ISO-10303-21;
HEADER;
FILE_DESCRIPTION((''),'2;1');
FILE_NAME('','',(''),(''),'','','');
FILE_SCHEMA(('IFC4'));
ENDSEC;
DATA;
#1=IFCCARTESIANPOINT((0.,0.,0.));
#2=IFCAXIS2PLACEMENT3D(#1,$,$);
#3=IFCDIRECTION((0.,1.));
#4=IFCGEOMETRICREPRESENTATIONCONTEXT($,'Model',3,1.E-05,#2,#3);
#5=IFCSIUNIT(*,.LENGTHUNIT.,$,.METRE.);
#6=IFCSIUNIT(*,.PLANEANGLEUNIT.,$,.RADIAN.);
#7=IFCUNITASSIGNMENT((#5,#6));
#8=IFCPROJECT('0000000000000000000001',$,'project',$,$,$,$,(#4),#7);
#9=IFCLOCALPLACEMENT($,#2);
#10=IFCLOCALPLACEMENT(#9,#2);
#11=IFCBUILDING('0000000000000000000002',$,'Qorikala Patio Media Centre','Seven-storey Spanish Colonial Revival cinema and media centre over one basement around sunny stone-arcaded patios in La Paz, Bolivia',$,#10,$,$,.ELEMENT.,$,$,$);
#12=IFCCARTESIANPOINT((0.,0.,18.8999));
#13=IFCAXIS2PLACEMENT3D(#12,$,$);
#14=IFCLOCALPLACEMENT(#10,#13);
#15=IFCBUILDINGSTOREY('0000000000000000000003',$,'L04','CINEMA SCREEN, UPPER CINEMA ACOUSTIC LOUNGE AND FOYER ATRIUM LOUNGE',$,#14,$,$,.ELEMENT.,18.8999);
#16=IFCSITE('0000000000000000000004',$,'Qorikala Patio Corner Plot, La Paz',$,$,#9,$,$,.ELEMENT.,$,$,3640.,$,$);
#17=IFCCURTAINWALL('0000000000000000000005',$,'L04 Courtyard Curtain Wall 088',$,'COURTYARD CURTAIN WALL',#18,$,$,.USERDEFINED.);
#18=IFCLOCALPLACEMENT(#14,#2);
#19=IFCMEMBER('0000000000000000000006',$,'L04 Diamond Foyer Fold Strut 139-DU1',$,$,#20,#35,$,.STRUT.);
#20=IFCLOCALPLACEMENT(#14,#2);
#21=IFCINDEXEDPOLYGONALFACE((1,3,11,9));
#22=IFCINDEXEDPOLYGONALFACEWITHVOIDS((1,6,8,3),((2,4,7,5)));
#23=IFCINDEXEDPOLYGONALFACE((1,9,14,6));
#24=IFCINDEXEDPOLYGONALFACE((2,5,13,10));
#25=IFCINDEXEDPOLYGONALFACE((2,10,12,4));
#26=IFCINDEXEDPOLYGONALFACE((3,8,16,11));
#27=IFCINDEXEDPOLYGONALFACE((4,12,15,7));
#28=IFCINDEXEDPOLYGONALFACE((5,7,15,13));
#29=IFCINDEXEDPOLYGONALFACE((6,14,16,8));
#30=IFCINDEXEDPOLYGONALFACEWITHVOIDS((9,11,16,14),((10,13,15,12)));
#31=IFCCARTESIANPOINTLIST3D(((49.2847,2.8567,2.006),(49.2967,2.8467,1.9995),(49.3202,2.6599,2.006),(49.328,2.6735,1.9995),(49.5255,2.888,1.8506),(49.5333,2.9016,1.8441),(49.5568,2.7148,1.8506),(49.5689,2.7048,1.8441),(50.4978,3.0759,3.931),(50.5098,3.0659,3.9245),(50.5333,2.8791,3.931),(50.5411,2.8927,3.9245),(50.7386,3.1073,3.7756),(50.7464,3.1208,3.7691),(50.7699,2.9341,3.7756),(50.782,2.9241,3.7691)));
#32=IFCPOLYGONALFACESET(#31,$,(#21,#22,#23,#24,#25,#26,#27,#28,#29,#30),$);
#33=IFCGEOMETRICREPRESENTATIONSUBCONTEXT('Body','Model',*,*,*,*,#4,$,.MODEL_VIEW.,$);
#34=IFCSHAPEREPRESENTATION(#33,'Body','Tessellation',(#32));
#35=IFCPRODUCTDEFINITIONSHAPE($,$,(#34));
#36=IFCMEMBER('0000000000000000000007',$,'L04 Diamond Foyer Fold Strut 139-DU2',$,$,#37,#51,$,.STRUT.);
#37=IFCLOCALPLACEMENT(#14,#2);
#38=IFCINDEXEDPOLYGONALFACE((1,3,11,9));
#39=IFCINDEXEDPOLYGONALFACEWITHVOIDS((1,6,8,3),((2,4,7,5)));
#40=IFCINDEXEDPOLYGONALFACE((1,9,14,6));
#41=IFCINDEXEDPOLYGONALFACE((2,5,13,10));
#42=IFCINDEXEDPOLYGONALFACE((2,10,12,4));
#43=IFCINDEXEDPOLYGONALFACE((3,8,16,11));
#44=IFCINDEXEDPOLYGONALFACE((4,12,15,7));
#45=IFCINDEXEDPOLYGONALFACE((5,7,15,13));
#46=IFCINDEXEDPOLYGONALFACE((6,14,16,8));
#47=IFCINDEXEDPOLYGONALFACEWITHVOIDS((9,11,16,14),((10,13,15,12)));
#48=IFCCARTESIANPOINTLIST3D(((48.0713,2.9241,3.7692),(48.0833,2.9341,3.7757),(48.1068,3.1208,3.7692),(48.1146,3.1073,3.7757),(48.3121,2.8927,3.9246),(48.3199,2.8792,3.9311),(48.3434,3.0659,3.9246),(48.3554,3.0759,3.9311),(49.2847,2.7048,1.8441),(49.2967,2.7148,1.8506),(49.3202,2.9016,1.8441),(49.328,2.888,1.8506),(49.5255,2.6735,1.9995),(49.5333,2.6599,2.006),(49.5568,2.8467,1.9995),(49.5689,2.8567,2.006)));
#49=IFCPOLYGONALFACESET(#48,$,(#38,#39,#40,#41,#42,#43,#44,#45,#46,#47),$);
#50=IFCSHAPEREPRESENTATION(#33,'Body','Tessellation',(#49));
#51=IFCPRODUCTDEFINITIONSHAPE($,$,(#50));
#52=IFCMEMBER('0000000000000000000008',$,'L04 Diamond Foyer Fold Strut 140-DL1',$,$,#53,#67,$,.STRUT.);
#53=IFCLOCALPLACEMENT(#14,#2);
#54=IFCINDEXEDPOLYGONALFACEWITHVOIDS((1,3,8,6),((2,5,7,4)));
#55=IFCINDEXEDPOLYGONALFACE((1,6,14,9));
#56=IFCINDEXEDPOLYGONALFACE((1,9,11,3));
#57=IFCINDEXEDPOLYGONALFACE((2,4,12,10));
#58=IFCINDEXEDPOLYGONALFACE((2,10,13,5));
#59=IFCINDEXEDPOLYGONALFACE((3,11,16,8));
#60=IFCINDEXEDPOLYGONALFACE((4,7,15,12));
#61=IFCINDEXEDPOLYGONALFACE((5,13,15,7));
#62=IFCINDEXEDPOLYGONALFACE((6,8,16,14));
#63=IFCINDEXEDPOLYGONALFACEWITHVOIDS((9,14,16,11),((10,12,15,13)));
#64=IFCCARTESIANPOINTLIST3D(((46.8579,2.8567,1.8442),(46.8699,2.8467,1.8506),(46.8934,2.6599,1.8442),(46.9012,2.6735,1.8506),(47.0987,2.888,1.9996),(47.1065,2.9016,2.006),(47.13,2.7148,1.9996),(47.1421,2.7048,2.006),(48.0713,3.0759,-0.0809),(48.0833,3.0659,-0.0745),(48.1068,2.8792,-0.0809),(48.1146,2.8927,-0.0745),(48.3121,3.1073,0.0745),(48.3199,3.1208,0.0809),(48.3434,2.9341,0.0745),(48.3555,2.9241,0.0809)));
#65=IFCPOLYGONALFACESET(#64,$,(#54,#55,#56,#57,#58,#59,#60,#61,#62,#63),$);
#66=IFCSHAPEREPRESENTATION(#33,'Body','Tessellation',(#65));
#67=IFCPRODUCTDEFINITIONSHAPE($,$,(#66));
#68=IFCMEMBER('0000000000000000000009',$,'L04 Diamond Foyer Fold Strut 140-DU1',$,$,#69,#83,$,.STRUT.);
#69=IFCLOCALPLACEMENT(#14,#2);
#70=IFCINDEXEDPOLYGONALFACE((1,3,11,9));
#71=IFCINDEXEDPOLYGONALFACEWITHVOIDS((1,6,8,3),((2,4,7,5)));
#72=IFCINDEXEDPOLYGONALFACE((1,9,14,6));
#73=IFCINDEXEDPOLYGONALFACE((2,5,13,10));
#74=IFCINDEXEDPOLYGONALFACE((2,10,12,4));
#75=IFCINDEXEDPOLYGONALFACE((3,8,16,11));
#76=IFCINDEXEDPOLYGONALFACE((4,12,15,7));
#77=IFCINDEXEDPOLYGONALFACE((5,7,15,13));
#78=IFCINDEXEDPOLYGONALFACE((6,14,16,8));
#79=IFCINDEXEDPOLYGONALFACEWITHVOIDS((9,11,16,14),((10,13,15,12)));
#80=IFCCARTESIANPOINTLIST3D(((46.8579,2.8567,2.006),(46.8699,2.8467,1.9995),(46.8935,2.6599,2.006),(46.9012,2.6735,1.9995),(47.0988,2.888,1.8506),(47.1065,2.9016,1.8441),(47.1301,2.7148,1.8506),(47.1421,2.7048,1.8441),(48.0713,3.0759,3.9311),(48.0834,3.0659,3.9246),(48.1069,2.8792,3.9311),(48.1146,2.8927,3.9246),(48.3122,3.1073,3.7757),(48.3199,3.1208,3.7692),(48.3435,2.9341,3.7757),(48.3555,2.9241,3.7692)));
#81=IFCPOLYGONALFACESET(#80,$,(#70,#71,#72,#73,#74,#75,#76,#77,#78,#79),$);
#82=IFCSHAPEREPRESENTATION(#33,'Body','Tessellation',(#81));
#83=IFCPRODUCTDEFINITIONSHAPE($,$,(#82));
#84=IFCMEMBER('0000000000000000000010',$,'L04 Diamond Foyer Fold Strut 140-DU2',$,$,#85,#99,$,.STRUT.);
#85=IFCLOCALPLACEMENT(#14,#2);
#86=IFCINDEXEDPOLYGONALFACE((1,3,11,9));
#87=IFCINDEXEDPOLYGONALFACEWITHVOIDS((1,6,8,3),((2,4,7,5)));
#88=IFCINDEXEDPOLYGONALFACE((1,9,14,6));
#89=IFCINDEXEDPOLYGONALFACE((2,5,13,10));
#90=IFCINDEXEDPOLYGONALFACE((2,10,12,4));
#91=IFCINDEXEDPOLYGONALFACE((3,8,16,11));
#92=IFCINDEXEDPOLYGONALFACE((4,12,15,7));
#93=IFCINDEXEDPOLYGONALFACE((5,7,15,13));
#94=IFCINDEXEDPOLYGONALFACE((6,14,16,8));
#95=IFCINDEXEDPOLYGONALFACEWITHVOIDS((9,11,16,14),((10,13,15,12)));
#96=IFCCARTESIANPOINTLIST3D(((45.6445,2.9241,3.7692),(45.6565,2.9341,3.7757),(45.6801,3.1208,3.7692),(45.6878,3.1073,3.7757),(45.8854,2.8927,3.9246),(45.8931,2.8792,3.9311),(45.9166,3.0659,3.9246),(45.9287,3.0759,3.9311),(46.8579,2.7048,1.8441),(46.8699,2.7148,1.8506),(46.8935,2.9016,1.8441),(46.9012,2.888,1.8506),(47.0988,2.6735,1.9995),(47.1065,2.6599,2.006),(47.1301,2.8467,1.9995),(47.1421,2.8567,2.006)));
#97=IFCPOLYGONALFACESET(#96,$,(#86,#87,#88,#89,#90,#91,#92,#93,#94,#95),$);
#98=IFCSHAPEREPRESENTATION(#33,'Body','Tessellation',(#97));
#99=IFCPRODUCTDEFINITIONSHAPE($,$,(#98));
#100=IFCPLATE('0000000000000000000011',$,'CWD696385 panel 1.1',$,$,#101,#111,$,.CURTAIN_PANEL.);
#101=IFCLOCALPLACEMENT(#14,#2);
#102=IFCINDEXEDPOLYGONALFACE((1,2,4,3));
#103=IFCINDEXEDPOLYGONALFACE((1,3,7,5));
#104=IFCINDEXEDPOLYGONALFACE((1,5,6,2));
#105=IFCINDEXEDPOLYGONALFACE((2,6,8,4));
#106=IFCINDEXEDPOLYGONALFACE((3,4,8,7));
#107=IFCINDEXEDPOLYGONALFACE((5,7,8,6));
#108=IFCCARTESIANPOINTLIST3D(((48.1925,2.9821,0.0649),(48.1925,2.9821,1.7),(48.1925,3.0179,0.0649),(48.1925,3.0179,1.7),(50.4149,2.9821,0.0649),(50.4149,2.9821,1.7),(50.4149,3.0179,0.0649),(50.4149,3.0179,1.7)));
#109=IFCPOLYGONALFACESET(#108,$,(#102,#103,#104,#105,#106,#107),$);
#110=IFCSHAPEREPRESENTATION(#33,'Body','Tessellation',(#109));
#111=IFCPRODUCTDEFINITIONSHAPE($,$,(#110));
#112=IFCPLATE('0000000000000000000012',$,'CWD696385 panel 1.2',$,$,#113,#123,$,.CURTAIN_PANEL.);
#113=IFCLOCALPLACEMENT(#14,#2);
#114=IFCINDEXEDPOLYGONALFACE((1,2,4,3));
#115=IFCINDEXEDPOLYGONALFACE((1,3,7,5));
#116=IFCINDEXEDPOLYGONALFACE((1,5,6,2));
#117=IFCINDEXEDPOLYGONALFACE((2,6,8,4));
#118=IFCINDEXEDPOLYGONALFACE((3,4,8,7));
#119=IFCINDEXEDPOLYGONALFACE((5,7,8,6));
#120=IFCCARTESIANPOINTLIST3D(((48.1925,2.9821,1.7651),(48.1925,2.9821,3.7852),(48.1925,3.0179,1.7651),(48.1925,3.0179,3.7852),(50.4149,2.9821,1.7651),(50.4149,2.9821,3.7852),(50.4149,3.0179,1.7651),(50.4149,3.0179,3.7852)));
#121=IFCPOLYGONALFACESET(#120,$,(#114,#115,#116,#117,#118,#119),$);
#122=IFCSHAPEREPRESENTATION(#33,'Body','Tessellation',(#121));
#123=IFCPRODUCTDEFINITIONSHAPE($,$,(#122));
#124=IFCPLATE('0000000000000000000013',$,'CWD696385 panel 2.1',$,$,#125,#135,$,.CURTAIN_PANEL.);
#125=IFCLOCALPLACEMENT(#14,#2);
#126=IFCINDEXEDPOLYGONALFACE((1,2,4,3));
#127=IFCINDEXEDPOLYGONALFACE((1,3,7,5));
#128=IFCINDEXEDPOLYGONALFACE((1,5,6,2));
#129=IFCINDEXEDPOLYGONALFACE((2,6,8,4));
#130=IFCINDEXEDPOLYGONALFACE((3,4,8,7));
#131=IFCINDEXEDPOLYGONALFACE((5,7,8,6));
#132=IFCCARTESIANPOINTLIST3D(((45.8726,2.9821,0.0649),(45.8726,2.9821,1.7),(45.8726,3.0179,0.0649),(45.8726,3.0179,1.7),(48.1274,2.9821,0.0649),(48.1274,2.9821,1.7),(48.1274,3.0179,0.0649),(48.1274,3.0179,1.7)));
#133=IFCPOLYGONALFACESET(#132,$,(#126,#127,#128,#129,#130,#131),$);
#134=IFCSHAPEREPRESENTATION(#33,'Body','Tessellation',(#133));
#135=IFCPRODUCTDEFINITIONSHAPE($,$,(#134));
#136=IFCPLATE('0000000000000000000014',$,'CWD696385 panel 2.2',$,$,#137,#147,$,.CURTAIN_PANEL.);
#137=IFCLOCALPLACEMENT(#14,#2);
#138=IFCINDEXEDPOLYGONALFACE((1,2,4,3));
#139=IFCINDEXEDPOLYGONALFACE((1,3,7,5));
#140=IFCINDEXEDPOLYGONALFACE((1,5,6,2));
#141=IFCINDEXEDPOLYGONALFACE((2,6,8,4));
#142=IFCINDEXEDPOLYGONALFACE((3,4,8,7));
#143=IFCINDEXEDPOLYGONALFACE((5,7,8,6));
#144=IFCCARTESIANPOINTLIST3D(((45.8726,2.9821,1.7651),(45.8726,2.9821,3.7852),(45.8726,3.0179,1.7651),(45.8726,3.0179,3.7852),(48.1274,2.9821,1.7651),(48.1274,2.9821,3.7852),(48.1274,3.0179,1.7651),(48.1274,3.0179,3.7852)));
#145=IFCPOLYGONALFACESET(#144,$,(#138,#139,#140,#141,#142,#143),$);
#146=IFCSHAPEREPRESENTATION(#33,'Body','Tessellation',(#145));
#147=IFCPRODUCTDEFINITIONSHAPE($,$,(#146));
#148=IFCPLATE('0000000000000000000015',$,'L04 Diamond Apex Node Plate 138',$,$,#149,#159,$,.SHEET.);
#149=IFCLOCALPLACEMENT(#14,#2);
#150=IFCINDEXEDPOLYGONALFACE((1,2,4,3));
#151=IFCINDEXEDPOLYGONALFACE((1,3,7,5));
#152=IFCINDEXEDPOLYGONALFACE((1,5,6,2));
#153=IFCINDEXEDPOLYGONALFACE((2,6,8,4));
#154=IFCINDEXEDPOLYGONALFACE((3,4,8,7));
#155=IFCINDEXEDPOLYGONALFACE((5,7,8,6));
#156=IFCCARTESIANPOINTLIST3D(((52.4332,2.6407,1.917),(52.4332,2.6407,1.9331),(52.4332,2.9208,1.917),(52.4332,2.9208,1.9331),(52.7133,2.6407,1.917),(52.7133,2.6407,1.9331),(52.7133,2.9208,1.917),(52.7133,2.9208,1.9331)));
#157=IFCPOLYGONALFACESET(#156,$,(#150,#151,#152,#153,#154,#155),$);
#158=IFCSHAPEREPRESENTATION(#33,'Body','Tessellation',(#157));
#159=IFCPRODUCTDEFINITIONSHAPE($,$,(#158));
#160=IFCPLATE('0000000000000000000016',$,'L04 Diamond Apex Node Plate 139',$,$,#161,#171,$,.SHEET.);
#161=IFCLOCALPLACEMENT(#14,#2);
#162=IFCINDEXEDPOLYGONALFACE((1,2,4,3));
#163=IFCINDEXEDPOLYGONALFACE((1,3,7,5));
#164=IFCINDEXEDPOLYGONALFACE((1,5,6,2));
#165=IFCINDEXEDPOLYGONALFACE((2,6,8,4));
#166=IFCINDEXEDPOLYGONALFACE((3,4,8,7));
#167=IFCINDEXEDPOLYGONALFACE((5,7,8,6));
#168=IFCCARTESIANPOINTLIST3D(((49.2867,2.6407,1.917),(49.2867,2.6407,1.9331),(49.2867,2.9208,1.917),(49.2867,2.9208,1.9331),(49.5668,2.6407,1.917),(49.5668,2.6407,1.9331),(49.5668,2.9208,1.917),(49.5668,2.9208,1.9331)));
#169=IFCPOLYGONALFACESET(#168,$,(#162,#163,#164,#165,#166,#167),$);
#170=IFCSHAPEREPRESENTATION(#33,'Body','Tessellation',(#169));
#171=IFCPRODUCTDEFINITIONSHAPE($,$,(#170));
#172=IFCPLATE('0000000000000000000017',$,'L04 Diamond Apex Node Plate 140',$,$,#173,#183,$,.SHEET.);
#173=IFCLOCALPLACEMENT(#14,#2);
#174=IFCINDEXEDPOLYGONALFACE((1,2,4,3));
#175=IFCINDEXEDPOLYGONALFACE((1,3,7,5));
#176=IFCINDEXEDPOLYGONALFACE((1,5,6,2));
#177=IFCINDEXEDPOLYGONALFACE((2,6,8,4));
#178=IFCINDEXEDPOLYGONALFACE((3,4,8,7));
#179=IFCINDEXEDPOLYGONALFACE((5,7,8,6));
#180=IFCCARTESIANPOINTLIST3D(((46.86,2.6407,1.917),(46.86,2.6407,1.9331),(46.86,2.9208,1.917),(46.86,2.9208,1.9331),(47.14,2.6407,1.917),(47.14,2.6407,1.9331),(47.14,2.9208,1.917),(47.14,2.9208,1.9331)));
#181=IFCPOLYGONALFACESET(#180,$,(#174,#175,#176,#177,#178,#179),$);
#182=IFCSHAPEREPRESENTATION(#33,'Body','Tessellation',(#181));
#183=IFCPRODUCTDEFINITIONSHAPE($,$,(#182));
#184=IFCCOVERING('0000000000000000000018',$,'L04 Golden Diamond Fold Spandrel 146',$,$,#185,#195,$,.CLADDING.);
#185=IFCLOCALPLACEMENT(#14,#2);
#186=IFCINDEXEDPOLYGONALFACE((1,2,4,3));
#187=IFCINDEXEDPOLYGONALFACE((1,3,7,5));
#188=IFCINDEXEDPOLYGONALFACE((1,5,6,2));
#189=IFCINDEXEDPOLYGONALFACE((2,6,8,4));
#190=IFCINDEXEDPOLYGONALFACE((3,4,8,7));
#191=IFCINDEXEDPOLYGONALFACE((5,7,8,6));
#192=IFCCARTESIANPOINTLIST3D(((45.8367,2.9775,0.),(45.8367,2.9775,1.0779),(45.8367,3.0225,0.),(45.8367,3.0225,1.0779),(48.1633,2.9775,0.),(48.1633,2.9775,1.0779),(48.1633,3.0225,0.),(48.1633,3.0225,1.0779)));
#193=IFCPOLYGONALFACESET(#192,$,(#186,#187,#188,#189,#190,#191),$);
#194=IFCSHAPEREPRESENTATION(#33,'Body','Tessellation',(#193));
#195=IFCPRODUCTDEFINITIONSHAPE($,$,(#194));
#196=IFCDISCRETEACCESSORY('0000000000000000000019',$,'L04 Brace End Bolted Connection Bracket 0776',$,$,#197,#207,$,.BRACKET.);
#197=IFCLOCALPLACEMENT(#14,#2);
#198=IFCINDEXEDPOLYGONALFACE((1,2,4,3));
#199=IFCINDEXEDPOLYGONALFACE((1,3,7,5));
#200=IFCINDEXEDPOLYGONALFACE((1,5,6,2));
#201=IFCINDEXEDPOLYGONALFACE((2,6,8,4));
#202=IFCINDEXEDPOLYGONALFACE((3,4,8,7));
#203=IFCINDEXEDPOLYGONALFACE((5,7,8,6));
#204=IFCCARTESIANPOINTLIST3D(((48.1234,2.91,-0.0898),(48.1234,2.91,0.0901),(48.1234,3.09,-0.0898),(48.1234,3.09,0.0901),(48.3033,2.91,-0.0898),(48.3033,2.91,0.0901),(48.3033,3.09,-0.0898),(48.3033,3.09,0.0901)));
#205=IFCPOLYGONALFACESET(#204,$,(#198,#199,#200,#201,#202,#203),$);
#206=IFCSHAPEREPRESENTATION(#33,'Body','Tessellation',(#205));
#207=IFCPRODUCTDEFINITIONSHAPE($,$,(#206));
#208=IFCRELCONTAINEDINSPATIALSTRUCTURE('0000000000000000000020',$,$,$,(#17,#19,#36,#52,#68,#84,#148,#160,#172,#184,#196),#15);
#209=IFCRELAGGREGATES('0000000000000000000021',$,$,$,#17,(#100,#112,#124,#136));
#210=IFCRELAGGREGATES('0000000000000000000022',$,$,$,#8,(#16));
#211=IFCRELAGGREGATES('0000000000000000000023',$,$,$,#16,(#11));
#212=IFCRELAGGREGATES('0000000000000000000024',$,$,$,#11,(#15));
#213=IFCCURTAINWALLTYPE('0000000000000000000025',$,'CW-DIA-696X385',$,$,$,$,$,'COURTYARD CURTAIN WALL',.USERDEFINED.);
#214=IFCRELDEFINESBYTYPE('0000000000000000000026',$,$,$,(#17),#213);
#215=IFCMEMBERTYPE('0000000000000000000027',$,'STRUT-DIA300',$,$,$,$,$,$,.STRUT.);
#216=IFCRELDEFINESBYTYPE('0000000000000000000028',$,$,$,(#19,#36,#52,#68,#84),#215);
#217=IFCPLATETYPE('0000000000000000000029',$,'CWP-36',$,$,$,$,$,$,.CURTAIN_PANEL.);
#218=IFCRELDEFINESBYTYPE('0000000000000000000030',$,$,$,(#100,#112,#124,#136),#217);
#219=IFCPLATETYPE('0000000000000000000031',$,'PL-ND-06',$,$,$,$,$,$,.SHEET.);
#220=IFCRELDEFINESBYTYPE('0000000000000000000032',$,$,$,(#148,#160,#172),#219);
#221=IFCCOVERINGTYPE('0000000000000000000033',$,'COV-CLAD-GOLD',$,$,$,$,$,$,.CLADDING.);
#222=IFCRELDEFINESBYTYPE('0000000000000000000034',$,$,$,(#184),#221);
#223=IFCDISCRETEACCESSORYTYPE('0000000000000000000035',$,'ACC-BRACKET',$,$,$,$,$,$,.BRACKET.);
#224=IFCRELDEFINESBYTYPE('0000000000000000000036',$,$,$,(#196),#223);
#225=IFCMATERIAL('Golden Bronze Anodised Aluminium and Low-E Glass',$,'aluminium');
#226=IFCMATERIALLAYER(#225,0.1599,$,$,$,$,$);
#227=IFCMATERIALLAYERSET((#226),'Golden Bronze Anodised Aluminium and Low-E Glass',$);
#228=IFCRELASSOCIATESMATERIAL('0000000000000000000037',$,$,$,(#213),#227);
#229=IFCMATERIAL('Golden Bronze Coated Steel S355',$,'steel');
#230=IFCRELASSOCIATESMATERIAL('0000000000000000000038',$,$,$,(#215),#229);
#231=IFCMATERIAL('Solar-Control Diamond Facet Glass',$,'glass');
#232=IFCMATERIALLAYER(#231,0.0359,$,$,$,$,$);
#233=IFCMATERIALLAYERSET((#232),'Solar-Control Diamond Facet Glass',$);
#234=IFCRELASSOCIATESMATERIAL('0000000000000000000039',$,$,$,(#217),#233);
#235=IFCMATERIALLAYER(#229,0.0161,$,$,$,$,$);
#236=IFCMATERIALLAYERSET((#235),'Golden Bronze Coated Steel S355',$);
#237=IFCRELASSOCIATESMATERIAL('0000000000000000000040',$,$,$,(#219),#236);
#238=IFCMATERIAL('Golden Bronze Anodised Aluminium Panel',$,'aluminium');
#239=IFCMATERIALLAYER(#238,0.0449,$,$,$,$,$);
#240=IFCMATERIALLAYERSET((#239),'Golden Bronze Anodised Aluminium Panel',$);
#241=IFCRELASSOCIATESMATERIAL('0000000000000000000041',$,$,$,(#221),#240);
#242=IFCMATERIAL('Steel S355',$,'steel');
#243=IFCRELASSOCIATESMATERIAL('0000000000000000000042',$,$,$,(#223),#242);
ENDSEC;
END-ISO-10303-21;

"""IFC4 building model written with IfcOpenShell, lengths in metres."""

from ifc_helpers import new_model, si_unit, direction, frame, origin, origin_2d, place, context, subcontext, project, spatial, rectangle, hollow_rectangle, extrude, material, layer, layer_set, material_profile, profile_set, type_object, element, aggregate, save


model = new_model("IFC4")

# Units and contexts
model_context = context("Model", 3, precision=1e-05, world=origin(), true_north=direction((0.0, 1.0)))
body_context = subcontext(model_context, "Body", "Model", "MODEL_VIEW")
ifc_project = project(units=[si_unit("LENGTHUNIT", "METRE"), si_unit("PLANEANGLEUNIT", "RADIAN")], contexts=[model_context])

# Site, building, storey
site_placement = place(None, origin())
site = spatial("IfcSite", under=ifc_project, at=site_placement, Name="Qorikala Patio Corner Plot, La Paz", CompositionType="ELEMENT", RefElevation=3640.0)
building_placement = place(site_placement, origin())
building = spatial("IfcBuilding", under=site, at=building_placement, Name="Qorikala Patio Media Centre", Description="Seven-storey Spanish Colonial Revival cinema and media centre over one basement around sunny stone-arcaded patios in La Paz, Bolivia", CompositionType="ELEMENT")
storey_placement = place(building_placement, frame((0.0, 0.0, 18.8999)))
storey = spatial("IfcBuildingStorey", under=building, at=storey_placement, Name="L04", Description="CINEMA SCREEN, UPPER CINEMA ACOUSTIC LOUNGE AND FOYER ATRIUM LOUNGE", CompositionType="ELEMENT", Elevation=18.8999)

# Shared definitions
ifc_material_1 = material(Name="Golden Bronze Coated Steel S355", Category="steel")

# Curtain wall
ifc_material_2 = material(Name="Golden Bronze Anodised Aluminium and Low-E Glass", Category="aluminium")
ifc_layer_1 = layer(ifc_material_2, 0.1599)
ifc_layer_set_1 = layer_set([ifc_layer_1], Name="Golden Bronze Anodised Aluminium and Low-E Glass")
curtain_wall_type = type_object("IfcCurtainWallType", Name="CW-DIA-696X385", ElementType="COURTYARD CURTAIN WALL", PredefinedType="USERDEFINED", material=ifc_layer_set_1)
curtain_wall_placement = place(storey_placement, origin())
curtain_wall = element("IfcCurtainWall", 1, at=curtain_wall_placement, inside=storey, type_object=curtain_wall_type, Name="L04 Courtyard Curtain Wall 088", ObjectType="COURTYARD CURTAIN WALL", PredefinedType="USERDEFINED")

# Members
ifc_material_profile_1 = material_profile(ifc_material_1, hollow_rectangle(XDim=0.2, YDim=0.3, WallThickness=0.012, at=origin_2d()), Name="HSS300X200X12")
ifc_profile_set_1 = profile_set([ifc_material_profile_1], Name="Golden Bronze Coated Steel S355")
member_type_1 = type_object("IfcMemberType", Name="STRUT-DIA300", PredefinedType="STRUT", material=ifc_profile_set_1)
member_1_placement = place(storey_placement, frame((49.4268, 2.7808, 1.925), z_axis=(0.530691, 0.095907, 0.842121), x_axis=(-0.17784, 0.984059, 0.0)))
element("IfcMember", 2, at=member_1_placement, inside=storey, type_object=member_type_1, Name="L04 Diamond Foyer Fold Strut 139-DU1", PredefinedType="STRUT", context=body_context, shape_type="SweptSolid", body=[
    extrude(hollow_rectangle(XDim=0.2, YDim=0.3, WallThickness=0.012, at=origin_2d()), origin(), (0.0, 0.0, 1.0), 2.2859),
])
for number, where, z_axis, x_axis, name in (
    (3, (49.4268, 2.7808, 1.925), (-0.530768, 0.095901, 0.842074), (-0.177805, -0.984066, 0.0), "L04 Diamond Foyer Fold Strut 139-DU2"),
    (4, (48.2134, 3.0, 0.0), (-0.530768, -0.095901, 0.842074), (0.177805, -0.984066, 0.0), "L04 Diamond Foyer Fold Strut 140-DL1"),
    (5, (47.0, 2.7808, 1.925), (0.530768, 0.095901, 0.842074), (-0.177805, 0.984066, 0.0), "L04 Diamond Foyer Fold Strut 140-DU1"),
    (6, (47.0, 2.7808, 1.925), (-0.530768, 0.095901, 0.842074), (-0.177805, -0.984066, 0.0), "L04 Diamond Foyer Fold Strut 140-DU2"),
):
    element("IfcMember", number, at=place(storey_placement, frame(where, z_axis=z_axis, x_axis=x_axis)), inside=storey, type_object=member_type_1, Name=name, PredefinedType="STRUT", context=body_context, shape_type="SweptSolid", body=[
        extrude(hollow_rectangle(XDim=0.2, YDim=0.3, WallThickness=0.012, at=origin_2d()), origin(), (0.0, 0.0, 1.0), 2.2861),
    ])

# Plates
ifc_material_3 = material(Name="Solar-Control Diamond Facet Glass", Category="glass")
ifc_layer_2 = layer(ifc_material_3, 0.0359)
ifc_layer_set_2 = layer_set([ifc_layer_2], Name="Solar-Control Diamond Facet Glass")
plate_type_1 = type_object("IfcPlateType", Name="CWP-36", PredefinedType="CURTAIN_PANEL", material=ifc_layer_set_2)
plate_1_placement = place(storey_placement, frame((49.3037, 3.0, 0.0649), z_axis=(0.0, 0.0, 1.0), x_axis=(-1.0, 0.0, 0.0)))
plate_1 = element("IfcPlate", 7, at=plate_1_placement, type_object=plate_type_1, Name="CWD696385 panel 1.1", PredefinedType="CURTAIN_PANEL", context=body_context, shape_type="SweptSolid", body=[
    extrude(rectangle(XDim=2.2224, YDim=0.0359, at=origin_2d()), origin(), (0.0, 0.0, 1.0), 1.635),
])
plate_2_placement = place(storey_placement, frame((49.3037, 3.0, 1.7651), z_axis=(0.0, 0.0, 1.0), x_axis=(-1.0, 0.0, 0.0)))
plate_2 = element("IfcPlate", 8, at=plate_2_placement, type_object=plate_type_1, Name="CWD696385 panel 1.2", PredefinedType="CURTAIN_PANEL", context=body_context, shape_type="SweptSolid", body=[
    extrude(rectangle(XDim=2.2224, YDim=0.0359, at=origin_2d()), origin(), (0.0, 0.0, 1.0), 2.02),
])
plate_3_placement = place(storey_placement, frame((47.0, 3.0, 0.0649), z_axis=(0.0, 0.0, 1.0), x_axis=(-1.0, 0.0, 0.0)))
plate_3 = element("IfcPlate", 9, at=plate_3_placement, type_object=plate_type_1, Name="CWD696385 panel 2.1", PredefinedType="CURTAIN_PANEL", context=body_context, shape_type="SweptSolid", body=[
    extrude(rectangle(XDim=2.2549, YDim=0.0359, at=origin_2d()), origin(), (0.0, 0.0, 1.0), 1.635),
])
plate_4_placement = place(storey_placement, frame((47.0, 3.0, 1.7651), z_axis=(0.0, 0.0, 1.0), x_axis=(-1.0, 0.0, 0.0)))
plate_4 = element("IfcPlate", 10, at=plate_4_placement, type_object=plate_type_1, Name="CWD696385 panel 2.2", PredefinedType="CURTAIN_PANEL", context=body_context, shape_type="SweptSolid", body=[
    extrude(rectangle(XDim=2.2549, YDim=0.0359, at=origin_2d()), origin(), (0.0, 0.0, 1.0), 2.02),
])
aggregate(curtain_wall, [plate_1, plate_2, plate_3, plate_4])

# Plates
ifc_layer_3 = layer(ifc_material_1, 0.0161)
ifc_layer_set_3 = layer_set([ifc_layer_3], Name="Golden Bronze Coated Steel S355")
plate_type_2 = type_object("IfcPlateType", Name="PL-ND-06", PredefinedType="SHEET", material=ifc_layer_set_3)
for number, where, z_axis, x_axis, name in (
    (11, (52.5732, 2.7808, 1.917), (0.0, 0.0, 1.0), (-1.0, 0.0, 0.0), "L04 Diamond Apex Node Plate 138"),
    (12, (49.4268, 2.7808, 1.917), (0.0, 0.0, 1.0), (-1.0, 0.0, 0.0), "L04 Diamond Apex Node Plate 139"),
    (13, (47.0, 2.7808, 1.917), (0.0, 0.0, 1.0), (-1.0, 0.0, 0.0), "L04 Diamond Apex Node Plate 140"),
):
    element("IfcPlate", number, at=place(storey_placement, frame(where, z_axis=z_axis, x_axis=x_axis)), inside=storey, type_object=plate_type_2, Name=name, PredefinedType="SHEET", context=body_context, shape_type="SweptSolid", body=[
        extrude(rectangle(XDim=0.28, YDim=0.28, at=origin_2d()), origin(), (0.0, 0.0, 1.0), 0.0161),
    ])

# Covering
ifc_material_4 = material(Name="Golden Bronze Anodised Aluminium Panel", Category="aluminium")
ifc_layer_4 = layer(ifc_material_4, 0.0449)
ifc_layer_set_4 = layer_set([ifc_layer_4], Name="Golden Bronze Anodised Aluminium Panel")
covering_type = type_object("IfcCoveringType", Name="COV-CLAD-GOLD", PredefinedType="CLADDING", material=ifc_layer_set_4)
covering_placement = place(storey_placement, frame((47.0, 3.0, 0.0), z_axis=(0.0, 0.0, 1.0), x_axis=(-1.0, 0.0, 0.0)))
element("IfcCovering", 14, at=covering_placement, inside=storey, type_object=covering_type, Name="L04 Golden Diamond Fold Spandrel 146", PredefinedType="CLADDING", context=body_context, shape_type="SweptSolid", body=[
    extrude(rectangle(XDim=2.3267, YDim=0.0449, at=origin_2d()), origin(), (0.0, 0.0, 1.0), 1.0779),
])

# Discrete accessory
ifc_material_5 = material(Name="Steel S355", Category="steel")
discrete_accessory_type = type_object("IfcDiscreteAccessoryType", Name="ACC-BRACKET", PredefinedType="BRACKET", material=ifc_material_5)
for number, where, z_axis, x_axis, name in (
    (15, (48.2134, 3.0, -0.0898), (0.0, 0.0, 1.0), (1.0, 0.0, 0.0), "L04 Brace End Bolted Connection Bracket 0776"),
):
    element("IfcDiscreteAccessory", number, at=place(storey_placement, frame(where, z_axis=z_axis, x_axis=x_axis)), inside=storey, type_object=discrete_accessory_type, Name=name, PredefinedType="BRACKET", context=body_context, shape_type="SweptSolid", body=[
        extrude(rectangle(XDim=0.1799, YDim=0.1799, at=origin_2d()), origin(), (0.0, 0.0, 1.0), 0.1799),
    ])

save(model, "model.ifc")
